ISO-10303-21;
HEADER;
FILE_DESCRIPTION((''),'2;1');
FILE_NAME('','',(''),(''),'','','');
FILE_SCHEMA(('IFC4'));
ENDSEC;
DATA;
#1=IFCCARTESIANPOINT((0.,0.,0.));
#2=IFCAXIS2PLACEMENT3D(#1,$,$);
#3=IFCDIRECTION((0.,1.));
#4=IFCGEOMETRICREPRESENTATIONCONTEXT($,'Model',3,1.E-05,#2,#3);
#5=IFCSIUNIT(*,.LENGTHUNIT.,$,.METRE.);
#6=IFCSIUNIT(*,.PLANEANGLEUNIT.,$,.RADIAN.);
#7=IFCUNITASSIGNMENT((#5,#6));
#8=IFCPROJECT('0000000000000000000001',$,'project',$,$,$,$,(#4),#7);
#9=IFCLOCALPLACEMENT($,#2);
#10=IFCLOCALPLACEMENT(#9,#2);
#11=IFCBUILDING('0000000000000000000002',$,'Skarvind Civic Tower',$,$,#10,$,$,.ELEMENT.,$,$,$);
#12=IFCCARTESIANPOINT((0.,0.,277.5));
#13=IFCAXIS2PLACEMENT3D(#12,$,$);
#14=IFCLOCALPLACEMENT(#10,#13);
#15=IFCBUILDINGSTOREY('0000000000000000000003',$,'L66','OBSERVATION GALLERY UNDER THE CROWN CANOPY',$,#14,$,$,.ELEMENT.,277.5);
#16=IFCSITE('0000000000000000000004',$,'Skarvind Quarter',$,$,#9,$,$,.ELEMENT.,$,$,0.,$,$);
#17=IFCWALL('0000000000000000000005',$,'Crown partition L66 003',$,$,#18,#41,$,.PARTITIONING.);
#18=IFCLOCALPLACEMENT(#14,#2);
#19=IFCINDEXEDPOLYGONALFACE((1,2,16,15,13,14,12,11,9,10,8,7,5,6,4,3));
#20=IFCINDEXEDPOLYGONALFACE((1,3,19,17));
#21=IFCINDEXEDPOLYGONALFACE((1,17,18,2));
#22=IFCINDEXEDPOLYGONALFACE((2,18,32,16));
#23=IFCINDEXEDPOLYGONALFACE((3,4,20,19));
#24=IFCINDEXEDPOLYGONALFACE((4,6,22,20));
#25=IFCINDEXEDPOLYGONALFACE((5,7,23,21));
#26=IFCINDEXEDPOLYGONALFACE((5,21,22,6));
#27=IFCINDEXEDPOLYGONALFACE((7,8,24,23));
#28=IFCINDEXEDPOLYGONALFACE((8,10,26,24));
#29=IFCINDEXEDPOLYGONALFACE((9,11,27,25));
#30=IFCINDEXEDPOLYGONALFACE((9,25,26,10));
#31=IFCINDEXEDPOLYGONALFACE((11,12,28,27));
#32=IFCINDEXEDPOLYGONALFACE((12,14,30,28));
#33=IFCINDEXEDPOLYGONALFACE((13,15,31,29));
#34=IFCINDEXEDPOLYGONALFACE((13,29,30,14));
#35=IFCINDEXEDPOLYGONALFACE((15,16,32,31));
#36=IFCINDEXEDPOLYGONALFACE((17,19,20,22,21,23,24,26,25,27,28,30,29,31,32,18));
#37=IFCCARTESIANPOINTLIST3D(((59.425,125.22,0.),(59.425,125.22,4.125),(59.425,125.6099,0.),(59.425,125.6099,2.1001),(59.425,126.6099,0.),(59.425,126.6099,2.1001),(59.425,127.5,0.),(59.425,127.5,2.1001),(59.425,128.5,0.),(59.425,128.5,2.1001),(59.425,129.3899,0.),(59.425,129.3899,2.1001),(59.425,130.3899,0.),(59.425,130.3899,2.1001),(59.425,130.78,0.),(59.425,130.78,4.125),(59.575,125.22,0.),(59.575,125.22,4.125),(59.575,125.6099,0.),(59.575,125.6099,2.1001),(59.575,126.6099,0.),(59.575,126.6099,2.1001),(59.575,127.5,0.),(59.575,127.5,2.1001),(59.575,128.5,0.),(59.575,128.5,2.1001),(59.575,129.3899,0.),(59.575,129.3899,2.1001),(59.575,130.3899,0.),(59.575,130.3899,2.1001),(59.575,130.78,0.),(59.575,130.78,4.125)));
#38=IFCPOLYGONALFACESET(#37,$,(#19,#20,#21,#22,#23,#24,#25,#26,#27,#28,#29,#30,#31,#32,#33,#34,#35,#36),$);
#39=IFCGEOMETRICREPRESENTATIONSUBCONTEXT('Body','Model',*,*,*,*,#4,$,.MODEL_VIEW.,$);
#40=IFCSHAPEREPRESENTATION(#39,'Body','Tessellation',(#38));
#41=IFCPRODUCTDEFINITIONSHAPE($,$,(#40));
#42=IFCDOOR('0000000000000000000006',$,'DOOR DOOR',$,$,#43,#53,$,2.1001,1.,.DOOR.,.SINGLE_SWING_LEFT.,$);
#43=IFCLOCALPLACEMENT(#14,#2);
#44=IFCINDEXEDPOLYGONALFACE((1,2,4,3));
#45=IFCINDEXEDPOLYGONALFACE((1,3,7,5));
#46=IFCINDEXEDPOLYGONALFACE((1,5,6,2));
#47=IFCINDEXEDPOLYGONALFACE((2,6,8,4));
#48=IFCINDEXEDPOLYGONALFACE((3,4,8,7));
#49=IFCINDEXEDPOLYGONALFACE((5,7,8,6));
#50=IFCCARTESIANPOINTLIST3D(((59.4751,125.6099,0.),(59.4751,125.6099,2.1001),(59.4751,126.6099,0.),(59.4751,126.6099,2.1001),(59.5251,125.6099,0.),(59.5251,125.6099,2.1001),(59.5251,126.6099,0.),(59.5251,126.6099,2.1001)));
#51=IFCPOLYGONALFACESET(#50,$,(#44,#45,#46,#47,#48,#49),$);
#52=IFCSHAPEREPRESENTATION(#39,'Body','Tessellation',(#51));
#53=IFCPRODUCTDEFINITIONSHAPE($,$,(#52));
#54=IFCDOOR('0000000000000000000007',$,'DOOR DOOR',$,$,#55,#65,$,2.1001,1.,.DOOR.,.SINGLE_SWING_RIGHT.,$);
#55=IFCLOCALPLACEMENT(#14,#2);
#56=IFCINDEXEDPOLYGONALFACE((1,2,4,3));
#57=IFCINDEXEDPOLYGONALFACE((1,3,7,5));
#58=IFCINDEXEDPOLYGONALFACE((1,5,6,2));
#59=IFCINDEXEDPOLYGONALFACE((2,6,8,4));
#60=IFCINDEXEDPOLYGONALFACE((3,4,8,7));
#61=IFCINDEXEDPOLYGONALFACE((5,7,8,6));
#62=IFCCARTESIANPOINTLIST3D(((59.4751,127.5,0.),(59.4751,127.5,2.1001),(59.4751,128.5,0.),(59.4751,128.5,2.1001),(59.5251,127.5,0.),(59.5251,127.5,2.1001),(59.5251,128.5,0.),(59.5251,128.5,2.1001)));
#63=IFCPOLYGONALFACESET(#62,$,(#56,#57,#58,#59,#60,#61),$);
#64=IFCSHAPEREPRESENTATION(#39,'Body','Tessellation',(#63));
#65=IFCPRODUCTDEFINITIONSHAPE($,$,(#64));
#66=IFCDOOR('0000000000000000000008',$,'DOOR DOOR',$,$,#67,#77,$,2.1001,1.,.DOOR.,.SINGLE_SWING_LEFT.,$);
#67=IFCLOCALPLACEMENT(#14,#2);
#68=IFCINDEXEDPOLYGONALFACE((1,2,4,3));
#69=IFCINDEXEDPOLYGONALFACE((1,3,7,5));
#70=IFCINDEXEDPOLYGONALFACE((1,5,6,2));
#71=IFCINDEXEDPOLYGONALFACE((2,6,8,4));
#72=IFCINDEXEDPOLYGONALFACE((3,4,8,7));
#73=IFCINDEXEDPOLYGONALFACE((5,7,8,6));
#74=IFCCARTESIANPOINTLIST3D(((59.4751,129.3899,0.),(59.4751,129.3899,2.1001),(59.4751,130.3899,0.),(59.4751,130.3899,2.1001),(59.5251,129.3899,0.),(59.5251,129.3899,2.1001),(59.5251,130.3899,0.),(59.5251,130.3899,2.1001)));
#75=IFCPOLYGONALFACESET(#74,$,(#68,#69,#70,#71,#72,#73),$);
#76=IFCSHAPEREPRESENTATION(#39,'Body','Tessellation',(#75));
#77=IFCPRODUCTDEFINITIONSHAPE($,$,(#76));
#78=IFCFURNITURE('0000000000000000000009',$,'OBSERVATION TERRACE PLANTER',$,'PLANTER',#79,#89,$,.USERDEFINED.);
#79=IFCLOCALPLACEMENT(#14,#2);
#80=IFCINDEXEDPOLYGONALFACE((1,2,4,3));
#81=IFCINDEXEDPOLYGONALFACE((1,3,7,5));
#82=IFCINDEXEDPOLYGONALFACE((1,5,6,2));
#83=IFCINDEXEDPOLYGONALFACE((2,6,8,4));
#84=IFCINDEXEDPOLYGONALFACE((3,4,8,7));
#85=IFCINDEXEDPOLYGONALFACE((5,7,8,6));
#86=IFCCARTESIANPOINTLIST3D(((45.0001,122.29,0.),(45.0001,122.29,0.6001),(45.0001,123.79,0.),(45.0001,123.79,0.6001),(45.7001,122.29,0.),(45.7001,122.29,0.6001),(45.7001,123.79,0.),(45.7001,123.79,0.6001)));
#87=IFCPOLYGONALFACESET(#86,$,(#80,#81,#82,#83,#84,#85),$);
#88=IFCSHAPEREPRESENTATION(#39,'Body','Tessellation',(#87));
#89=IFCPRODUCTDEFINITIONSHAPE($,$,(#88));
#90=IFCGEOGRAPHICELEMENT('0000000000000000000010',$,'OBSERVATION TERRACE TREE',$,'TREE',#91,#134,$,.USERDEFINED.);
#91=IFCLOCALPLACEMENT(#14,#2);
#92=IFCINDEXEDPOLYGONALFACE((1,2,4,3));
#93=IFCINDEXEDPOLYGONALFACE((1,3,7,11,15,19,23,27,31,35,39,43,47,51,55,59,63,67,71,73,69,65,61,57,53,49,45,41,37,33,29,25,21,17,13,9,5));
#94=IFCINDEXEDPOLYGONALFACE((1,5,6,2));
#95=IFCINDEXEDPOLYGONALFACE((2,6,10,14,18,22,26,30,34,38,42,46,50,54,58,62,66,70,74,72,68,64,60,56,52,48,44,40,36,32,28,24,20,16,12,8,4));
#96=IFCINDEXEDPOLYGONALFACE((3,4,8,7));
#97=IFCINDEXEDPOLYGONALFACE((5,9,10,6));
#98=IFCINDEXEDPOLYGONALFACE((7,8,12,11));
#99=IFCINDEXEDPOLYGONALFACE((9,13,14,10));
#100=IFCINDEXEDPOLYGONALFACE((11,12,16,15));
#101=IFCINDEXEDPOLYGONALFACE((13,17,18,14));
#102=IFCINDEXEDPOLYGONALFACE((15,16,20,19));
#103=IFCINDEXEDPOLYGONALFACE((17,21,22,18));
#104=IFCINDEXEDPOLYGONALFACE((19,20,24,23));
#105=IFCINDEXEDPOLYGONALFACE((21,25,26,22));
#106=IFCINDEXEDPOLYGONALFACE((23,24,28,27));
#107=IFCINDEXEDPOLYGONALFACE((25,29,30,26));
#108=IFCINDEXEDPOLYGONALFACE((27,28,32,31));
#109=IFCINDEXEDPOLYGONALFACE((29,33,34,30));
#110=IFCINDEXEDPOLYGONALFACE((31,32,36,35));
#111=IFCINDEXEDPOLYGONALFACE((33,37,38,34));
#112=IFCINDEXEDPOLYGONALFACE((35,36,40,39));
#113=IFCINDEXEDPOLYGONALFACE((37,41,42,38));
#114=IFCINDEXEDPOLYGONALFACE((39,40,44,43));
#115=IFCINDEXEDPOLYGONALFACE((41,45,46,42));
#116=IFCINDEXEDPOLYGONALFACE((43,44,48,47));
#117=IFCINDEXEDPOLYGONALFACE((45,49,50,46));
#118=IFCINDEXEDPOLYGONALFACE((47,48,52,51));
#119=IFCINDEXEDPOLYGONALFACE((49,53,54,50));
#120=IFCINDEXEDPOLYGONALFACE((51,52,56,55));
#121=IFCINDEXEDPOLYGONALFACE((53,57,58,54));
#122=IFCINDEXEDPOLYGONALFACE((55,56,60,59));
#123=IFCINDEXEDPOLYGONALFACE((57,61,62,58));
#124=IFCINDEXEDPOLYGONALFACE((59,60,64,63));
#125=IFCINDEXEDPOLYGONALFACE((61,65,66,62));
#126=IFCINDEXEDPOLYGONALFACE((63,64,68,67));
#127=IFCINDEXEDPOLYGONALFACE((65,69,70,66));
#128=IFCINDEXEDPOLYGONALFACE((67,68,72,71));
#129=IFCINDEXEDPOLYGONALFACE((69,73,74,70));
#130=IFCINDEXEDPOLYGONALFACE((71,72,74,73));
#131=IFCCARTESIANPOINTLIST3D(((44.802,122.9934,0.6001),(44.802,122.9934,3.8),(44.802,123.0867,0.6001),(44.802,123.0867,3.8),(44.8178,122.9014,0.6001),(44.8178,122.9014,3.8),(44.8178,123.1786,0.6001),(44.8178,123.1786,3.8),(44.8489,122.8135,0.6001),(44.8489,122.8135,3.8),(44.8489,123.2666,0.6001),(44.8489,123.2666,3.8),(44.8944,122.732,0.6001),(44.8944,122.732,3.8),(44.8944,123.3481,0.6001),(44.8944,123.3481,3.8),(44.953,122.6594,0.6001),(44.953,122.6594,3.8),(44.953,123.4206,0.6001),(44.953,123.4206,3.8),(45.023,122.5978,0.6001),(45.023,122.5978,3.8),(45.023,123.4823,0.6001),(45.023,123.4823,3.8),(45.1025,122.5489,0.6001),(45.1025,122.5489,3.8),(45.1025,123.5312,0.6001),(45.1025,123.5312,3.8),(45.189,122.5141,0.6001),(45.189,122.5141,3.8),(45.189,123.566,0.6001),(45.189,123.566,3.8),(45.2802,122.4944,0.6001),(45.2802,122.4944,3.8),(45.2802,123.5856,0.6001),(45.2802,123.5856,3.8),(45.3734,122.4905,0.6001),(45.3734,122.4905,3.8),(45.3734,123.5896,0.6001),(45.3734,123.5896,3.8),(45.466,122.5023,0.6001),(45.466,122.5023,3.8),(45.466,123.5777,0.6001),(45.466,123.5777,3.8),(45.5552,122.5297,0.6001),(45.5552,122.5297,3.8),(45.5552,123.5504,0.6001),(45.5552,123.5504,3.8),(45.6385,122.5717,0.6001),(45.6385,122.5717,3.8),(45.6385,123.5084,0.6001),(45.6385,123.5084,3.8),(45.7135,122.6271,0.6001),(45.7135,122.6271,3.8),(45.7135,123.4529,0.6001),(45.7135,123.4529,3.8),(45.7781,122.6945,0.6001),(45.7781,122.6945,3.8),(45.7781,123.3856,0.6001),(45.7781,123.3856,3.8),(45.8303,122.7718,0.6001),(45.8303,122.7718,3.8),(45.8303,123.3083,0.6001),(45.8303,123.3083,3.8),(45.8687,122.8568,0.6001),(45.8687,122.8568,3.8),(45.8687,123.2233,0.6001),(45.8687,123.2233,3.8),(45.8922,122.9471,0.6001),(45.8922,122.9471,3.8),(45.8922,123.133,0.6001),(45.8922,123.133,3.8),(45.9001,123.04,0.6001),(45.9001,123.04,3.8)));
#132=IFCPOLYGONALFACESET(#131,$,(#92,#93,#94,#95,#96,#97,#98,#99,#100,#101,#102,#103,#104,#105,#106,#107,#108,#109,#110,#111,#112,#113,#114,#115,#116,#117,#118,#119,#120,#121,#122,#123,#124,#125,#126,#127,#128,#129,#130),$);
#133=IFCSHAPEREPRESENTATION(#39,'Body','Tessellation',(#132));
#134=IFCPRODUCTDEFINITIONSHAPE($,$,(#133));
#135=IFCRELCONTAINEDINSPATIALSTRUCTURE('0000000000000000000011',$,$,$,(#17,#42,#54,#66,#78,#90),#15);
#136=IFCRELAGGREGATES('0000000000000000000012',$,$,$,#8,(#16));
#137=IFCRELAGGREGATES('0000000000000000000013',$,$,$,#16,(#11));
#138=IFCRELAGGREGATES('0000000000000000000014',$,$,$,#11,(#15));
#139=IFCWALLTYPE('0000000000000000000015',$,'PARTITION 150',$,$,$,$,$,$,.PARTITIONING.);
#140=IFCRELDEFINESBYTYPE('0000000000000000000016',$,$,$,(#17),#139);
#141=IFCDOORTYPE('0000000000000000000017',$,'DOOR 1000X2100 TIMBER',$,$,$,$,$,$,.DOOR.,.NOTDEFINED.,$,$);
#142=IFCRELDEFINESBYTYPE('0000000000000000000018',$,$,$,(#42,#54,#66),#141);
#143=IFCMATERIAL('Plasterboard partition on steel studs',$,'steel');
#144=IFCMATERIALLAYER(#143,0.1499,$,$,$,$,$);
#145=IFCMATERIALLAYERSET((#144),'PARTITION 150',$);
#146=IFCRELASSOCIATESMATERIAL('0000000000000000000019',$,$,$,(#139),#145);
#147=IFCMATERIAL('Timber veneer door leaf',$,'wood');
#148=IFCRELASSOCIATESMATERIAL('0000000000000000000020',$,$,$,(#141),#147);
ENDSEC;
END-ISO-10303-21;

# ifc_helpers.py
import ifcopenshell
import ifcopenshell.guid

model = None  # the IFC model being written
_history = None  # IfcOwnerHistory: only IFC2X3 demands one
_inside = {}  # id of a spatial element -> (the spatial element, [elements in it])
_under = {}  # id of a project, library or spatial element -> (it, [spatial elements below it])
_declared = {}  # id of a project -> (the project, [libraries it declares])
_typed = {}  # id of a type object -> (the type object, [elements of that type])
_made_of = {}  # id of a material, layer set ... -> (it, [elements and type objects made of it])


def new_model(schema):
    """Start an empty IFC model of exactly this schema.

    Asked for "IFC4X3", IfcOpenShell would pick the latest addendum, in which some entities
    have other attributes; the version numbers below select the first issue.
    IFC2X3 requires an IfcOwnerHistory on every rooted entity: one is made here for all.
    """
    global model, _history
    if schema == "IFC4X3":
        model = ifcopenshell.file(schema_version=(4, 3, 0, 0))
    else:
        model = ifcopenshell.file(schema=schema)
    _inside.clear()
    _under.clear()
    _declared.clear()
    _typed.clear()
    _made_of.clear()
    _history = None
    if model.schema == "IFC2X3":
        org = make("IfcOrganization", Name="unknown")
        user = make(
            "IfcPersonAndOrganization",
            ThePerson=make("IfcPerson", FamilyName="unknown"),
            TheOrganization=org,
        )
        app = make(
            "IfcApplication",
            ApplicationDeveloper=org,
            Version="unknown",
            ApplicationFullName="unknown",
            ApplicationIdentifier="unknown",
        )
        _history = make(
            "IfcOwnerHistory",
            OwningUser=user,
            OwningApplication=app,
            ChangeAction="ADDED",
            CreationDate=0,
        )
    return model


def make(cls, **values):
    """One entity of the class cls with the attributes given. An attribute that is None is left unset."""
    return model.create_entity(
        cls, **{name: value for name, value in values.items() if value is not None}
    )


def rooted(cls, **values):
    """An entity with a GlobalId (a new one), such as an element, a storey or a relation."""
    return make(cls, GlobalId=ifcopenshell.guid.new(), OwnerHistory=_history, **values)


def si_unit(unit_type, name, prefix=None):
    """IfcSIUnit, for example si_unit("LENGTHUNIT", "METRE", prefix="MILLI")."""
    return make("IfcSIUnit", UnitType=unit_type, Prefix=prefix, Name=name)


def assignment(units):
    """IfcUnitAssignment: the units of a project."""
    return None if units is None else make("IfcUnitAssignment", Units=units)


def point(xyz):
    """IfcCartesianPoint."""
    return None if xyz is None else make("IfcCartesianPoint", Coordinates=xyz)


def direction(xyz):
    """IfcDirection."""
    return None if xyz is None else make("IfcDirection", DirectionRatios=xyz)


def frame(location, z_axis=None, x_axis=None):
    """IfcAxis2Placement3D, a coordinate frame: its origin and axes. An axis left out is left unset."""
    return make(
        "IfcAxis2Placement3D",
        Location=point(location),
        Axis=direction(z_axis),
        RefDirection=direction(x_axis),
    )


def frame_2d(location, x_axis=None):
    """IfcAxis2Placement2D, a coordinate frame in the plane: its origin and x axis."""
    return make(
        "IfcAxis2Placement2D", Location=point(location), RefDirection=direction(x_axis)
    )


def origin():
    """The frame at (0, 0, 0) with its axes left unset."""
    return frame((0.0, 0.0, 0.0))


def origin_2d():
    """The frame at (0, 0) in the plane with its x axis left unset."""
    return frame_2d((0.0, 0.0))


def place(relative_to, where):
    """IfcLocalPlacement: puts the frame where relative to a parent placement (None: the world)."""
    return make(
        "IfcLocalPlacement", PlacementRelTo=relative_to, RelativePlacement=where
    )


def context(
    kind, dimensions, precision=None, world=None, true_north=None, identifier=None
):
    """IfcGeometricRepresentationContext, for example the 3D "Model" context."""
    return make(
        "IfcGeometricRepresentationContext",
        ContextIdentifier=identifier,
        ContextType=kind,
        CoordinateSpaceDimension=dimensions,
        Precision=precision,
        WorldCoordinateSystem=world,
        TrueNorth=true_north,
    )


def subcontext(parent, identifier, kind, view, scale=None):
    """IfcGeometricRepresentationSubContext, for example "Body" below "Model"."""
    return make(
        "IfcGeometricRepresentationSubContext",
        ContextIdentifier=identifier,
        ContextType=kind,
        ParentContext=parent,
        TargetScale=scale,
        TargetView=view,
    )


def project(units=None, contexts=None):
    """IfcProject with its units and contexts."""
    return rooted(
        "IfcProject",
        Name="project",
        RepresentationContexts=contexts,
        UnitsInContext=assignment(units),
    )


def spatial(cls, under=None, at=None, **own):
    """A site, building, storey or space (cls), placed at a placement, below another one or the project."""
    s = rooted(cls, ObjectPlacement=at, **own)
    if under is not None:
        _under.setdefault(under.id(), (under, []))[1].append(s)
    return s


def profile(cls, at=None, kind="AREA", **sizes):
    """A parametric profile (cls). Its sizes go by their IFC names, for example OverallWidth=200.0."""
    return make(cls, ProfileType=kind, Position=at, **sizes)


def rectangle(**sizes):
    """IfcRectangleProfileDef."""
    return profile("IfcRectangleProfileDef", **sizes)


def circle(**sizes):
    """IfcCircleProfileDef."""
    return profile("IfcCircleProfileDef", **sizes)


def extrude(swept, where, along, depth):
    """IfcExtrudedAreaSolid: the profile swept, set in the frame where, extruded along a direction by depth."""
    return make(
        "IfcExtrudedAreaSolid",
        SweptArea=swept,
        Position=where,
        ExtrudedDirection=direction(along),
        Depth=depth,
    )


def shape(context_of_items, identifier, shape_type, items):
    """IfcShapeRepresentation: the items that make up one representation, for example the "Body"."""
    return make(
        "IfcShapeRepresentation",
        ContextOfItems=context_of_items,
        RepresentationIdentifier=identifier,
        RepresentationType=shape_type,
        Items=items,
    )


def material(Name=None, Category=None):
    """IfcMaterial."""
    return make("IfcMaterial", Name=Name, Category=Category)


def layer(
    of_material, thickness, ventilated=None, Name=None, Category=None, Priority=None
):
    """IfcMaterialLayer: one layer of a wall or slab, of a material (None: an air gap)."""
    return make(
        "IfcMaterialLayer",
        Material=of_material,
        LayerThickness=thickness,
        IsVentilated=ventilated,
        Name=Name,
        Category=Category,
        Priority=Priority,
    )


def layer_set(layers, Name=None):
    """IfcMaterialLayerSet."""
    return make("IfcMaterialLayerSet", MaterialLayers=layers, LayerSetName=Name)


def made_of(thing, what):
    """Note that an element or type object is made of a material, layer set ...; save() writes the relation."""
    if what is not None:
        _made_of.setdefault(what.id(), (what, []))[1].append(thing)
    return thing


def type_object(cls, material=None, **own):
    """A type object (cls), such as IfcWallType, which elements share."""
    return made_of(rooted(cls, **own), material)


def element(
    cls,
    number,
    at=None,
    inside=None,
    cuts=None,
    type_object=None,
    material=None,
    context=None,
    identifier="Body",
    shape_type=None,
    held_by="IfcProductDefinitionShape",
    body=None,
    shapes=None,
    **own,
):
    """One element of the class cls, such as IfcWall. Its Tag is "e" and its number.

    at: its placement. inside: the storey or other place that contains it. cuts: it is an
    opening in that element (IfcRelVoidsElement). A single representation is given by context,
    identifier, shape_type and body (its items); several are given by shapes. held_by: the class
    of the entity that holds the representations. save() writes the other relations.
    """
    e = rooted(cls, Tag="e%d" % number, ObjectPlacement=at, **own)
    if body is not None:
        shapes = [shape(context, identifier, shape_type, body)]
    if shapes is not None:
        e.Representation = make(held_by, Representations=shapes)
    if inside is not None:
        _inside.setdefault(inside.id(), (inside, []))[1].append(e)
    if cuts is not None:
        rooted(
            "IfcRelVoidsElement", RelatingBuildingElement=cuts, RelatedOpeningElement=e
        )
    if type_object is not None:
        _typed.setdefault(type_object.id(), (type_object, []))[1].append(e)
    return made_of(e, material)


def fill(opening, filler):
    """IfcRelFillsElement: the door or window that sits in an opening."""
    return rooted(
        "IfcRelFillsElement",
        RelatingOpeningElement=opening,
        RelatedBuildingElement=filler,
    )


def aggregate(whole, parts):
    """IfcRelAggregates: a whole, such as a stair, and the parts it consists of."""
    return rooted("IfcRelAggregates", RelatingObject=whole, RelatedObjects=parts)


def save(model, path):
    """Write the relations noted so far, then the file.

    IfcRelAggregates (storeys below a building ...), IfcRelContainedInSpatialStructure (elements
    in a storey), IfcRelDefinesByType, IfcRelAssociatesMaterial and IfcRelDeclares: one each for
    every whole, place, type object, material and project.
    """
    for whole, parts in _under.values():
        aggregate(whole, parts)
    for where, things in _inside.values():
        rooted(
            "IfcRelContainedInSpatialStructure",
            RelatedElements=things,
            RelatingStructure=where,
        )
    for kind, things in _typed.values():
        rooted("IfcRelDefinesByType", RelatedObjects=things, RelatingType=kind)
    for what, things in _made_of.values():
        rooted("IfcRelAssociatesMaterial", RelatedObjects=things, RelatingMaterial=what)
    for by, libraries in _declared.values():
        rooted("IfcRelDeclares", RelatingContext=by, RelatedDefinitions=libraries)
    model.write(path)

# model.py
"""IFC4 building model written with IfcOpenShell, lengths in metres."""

from ifc_helpers import new_model, si_unit, direction, frame, frame_2d, origin, origin_2d, place, context, subcontext, project, spatial, rectangle, circle, extrude, material, layer, layer_set, type_object, element, fill, save


model = new_model("IFC4")

# Units and contexts
model_context = context("Model", 3, precision=1e-05, world=origin(), true_north=direction((0.0, 1.0)))
body_context = subcontext(model_context, "Body", "Model", "MODEL_VIEW")
ifc_project = project(units=[si_unit("LENGTHUNIT", "METRE"), si_unit("PLANEANGLEUNIT", "RADIAN")], contexts=[model_context])

# Site, building, storey
site_placement = place(None, origin())
site = spatial("IfcSite", under=ifc_project, at=site_placement, Name="Skarvind Quarter", CompositionType="ELEMENT", RefElevation=0.0)
building_placement = place(site_placement, origin())
building = spatial("IfcBuilding", under=site, at=building_placement, Name="Skarvind Civic Tower", CompositionType="ELEMENT")
storey_placement = place(building_placement, frame((0.0, 0.0, 277.5)))
storey = spatial("IfcBuildingStorey", under=building, at=storey_placement, Name="L66", Description="OBSERVATION GALLERY UNDER THE CROWN CANOPY", CompositionType="ELEMENT", Elevation=277.5)

# Wall, openings, doors
ifc_material_1 = material(Name="Plasterboard partition on steel studs", Category="steel")
ifc_layer_1 = layer(ifc_material_1, 0.1499)
ifc_layer_set_1 = layer_set([ifc_layer_1], Name="PARTITION 150")
wall_type_1 = type_object("IfcWallType", Name="PARTITION 150", PredefinedType="PARTITIONING", material=ifc_layer_set_1)
wall_1_placement = place(storey_placement, frame((59.5, 125.22, 0.0), z_axis=(0.0, 0.0, 1.0), x_axis=(0.0, 1.0, 0.0)))
wall_1 = element("IfcWall", 1, at=wall_1_placement, inside=storey, type_object=wall_type_1, Name="Crown partition L66 003", PredefinedType="PARTITIONING", context=body_context, shape_type="SweptSolid", body=[
    extrude(rectangle(XDim=5.5601, YDim=0.1499, at=frame_2d((2.78, 0.0))), origin(), (0.0, 0.0, 1.0), 4.125),
])
opening_1_placement = place(wall_1_placement, frame((0.3899, 0.0, 0.0)))
opening_1 = element("IfcOpeningElement", 2, at=opening_1_placement, cuts=wall_1, PredefinedType="OPENING", context=body_context, shape_type="SweptSolid", body=[
    extrude(rectangle(XDim=1.0, YDim=2.1001, at=frame_2d((0.5, 1.05))), frame((0.0, 0.085, 0.0), z_axis=(0.0, -1.0, 0.0), x_axis=(1.0, 0.0, 0.0)), (0.0, 0.0, 1.0), 0.1699),
])
opening_2_placement = place(wall_1_placement, frame((2.28, 0.0, 0.0)))
opening_2 = element("IfcOpeningElement", 3, at=opening_2_placement, cuts=wall_1, PredefinedType="OPENING", context=body_context, shape_type="SweptSolid", body=[
    extrude(rectangle(XDim=1.0, YDim=2.1001, at=frame_2d((0.5, 1.05))), frame((0.0, 0.085, 0.0), z_axis=(0.0, -1.0, 0.0), x_axis=(1.0, 0.0, 0.0)), (0.0, 0.0, 1.0), 0.1699),
])
opening_3_placement = place(wall_1_placement, frame((4.1699, 0.0, 0.0)))
opening_3 = element("IfcOpeningElement", 4, at=opening_3_placement, cuts=wall_1, PredefinedType="OPENING", context=body_context, shape_type="SweptSolid", body=[
    extrude(rectangle(XDim=1.0, YDim=2.1001, at=frame_2d((0.5, 1.05))), frame((0.0, 0.085, 0.0), z_axis=(0.0, -1.0, 0.0), x_axis=(1.0, 0.0, 0.0)), (0.0, 0.0, 1.0), 0.1699),
])
ifc_material_2 = material(Name="Timber veneer door leaf", Category="wood")
door_type_1 = type_object("IfcDoorType", Name="DOOR 1000X2100 TIMBER", OperationType="NOTDEFINED", PredefinedType="DOOR", material=ifc_material_2)
door_1_placement = place(opening_1_placement, origin())
door_1 = element("IfcDoor", 5, at=door_1_placement, inside=storey, type_object=door_type_1, Name="DOOR DOOR", OperationType="SINGLE_SWING_LEFT", OverallHeight=2.1001, OverallWidth=1.0, PredefinedType="DOOR", context=body_context, shape_type="SweptSolid", body=[
    extrude(rectangle(XDim=1.0, YDim=2.1001, at=frame_2d((0.5, 1.05))), frame((0.0, 0.0249, 0.0), z_axis=(0.0, -1.0, 0.0), x_axis=(1.0, 0.0, 0.0)), (0.0, 0.0, 1.0), 0.05),
])
fill(opening_1, door_1)
door_2_placement = place(opening_2_placement, origin())
door_2 = element("IfcDoor", 6, at=door_2_placement, inside=storey, type_object=door_type_1, Name="DOOR DOOR", OperationType="SINGLE_SWING_RIGHT", OverallHeight=2.1001, OverallWidth=1.0, PredefinedType="DOOR", context=body_context, shape_type="SweptSolid", body=[
    extrude(rectangle(XDim=1.0, YDim=2.1001, at=frame_2d((0.5, 1.05))), frame((0.0, 0.0249, 0.0), z_axis=(0.0, -1.0, 0.0), x_axis=(1.0, 0.0, 0.0)), (0.0, 0.0, 1.0), 0.05),
])
fill(opening_2, door_2)
door_3_placement = place(opening_3_placement, origin())
door_3 = element("IfcDoor", 7, at=door_3_placement, inside=storey, type_object=door_type_1, Name="DOOR DOOR", OperationType="SINGLE_SWING_LEFT", OverallHeight=2.1001, OverallWidth=1.0, PredefinedType="DOOR", context=body_context, shape_type="SweptSolid", body=[
    extrude(rectangle(XDim=1.0, YDim=2.1001, at=frame_2d((0.5, 1.05))), frame((0.0, 0.0249, 0.0), z_axis=(0.0, -1.0, 0.0), x_axis=(1.0, 0.0, 0.0)), (0.0, 0.0, 1.0), 0.05),
])
fill(opening_3, door_3)

# Furniture
furniture_placement = place(storey_placement, frame((45.3501, 123.04, 0.0), z_axis=(0.0, 0.0, 1.0), x_axis=(0.0, 1.0, 0.0)))
element("IfcFurniture", 8, at=furniture_placement, inside=storey, Name="OBSERVATION TERRACE PLANTER", ObjectType="PLANTER", PredefinedType="USERDEFINED", context=body_context, shape_type="SweptSolid", body=[
    extrude(rectangle(XDim=1.5, YDim=0.7, at=origin_2d()), origin(), (0.0, 0.0, 1.0), 0.6001),
])

# Geographic element
geographic_element_placement = place(storey_placement, frame((45.3501, 123.04, 0.6001), z_axis=(0.0, 0.0, 1.0), x_axis=(1.0, 0.0, 0.0)))
element("IfcGeographicElement", 9, at=geographic_element_placement, inside=storey, Name="OBSERVATION TERRACE TREE", ObjectType="TREE", PredefinedType="USERDEFINED", context=body_context, shape_type="SweptSolid", body=[
    extrude(circle(Radius=0.55, at=origin_2d()), origin(), (0.0, 0.0, 1.0), 3.2),
])

save(model, "model.ifc")
